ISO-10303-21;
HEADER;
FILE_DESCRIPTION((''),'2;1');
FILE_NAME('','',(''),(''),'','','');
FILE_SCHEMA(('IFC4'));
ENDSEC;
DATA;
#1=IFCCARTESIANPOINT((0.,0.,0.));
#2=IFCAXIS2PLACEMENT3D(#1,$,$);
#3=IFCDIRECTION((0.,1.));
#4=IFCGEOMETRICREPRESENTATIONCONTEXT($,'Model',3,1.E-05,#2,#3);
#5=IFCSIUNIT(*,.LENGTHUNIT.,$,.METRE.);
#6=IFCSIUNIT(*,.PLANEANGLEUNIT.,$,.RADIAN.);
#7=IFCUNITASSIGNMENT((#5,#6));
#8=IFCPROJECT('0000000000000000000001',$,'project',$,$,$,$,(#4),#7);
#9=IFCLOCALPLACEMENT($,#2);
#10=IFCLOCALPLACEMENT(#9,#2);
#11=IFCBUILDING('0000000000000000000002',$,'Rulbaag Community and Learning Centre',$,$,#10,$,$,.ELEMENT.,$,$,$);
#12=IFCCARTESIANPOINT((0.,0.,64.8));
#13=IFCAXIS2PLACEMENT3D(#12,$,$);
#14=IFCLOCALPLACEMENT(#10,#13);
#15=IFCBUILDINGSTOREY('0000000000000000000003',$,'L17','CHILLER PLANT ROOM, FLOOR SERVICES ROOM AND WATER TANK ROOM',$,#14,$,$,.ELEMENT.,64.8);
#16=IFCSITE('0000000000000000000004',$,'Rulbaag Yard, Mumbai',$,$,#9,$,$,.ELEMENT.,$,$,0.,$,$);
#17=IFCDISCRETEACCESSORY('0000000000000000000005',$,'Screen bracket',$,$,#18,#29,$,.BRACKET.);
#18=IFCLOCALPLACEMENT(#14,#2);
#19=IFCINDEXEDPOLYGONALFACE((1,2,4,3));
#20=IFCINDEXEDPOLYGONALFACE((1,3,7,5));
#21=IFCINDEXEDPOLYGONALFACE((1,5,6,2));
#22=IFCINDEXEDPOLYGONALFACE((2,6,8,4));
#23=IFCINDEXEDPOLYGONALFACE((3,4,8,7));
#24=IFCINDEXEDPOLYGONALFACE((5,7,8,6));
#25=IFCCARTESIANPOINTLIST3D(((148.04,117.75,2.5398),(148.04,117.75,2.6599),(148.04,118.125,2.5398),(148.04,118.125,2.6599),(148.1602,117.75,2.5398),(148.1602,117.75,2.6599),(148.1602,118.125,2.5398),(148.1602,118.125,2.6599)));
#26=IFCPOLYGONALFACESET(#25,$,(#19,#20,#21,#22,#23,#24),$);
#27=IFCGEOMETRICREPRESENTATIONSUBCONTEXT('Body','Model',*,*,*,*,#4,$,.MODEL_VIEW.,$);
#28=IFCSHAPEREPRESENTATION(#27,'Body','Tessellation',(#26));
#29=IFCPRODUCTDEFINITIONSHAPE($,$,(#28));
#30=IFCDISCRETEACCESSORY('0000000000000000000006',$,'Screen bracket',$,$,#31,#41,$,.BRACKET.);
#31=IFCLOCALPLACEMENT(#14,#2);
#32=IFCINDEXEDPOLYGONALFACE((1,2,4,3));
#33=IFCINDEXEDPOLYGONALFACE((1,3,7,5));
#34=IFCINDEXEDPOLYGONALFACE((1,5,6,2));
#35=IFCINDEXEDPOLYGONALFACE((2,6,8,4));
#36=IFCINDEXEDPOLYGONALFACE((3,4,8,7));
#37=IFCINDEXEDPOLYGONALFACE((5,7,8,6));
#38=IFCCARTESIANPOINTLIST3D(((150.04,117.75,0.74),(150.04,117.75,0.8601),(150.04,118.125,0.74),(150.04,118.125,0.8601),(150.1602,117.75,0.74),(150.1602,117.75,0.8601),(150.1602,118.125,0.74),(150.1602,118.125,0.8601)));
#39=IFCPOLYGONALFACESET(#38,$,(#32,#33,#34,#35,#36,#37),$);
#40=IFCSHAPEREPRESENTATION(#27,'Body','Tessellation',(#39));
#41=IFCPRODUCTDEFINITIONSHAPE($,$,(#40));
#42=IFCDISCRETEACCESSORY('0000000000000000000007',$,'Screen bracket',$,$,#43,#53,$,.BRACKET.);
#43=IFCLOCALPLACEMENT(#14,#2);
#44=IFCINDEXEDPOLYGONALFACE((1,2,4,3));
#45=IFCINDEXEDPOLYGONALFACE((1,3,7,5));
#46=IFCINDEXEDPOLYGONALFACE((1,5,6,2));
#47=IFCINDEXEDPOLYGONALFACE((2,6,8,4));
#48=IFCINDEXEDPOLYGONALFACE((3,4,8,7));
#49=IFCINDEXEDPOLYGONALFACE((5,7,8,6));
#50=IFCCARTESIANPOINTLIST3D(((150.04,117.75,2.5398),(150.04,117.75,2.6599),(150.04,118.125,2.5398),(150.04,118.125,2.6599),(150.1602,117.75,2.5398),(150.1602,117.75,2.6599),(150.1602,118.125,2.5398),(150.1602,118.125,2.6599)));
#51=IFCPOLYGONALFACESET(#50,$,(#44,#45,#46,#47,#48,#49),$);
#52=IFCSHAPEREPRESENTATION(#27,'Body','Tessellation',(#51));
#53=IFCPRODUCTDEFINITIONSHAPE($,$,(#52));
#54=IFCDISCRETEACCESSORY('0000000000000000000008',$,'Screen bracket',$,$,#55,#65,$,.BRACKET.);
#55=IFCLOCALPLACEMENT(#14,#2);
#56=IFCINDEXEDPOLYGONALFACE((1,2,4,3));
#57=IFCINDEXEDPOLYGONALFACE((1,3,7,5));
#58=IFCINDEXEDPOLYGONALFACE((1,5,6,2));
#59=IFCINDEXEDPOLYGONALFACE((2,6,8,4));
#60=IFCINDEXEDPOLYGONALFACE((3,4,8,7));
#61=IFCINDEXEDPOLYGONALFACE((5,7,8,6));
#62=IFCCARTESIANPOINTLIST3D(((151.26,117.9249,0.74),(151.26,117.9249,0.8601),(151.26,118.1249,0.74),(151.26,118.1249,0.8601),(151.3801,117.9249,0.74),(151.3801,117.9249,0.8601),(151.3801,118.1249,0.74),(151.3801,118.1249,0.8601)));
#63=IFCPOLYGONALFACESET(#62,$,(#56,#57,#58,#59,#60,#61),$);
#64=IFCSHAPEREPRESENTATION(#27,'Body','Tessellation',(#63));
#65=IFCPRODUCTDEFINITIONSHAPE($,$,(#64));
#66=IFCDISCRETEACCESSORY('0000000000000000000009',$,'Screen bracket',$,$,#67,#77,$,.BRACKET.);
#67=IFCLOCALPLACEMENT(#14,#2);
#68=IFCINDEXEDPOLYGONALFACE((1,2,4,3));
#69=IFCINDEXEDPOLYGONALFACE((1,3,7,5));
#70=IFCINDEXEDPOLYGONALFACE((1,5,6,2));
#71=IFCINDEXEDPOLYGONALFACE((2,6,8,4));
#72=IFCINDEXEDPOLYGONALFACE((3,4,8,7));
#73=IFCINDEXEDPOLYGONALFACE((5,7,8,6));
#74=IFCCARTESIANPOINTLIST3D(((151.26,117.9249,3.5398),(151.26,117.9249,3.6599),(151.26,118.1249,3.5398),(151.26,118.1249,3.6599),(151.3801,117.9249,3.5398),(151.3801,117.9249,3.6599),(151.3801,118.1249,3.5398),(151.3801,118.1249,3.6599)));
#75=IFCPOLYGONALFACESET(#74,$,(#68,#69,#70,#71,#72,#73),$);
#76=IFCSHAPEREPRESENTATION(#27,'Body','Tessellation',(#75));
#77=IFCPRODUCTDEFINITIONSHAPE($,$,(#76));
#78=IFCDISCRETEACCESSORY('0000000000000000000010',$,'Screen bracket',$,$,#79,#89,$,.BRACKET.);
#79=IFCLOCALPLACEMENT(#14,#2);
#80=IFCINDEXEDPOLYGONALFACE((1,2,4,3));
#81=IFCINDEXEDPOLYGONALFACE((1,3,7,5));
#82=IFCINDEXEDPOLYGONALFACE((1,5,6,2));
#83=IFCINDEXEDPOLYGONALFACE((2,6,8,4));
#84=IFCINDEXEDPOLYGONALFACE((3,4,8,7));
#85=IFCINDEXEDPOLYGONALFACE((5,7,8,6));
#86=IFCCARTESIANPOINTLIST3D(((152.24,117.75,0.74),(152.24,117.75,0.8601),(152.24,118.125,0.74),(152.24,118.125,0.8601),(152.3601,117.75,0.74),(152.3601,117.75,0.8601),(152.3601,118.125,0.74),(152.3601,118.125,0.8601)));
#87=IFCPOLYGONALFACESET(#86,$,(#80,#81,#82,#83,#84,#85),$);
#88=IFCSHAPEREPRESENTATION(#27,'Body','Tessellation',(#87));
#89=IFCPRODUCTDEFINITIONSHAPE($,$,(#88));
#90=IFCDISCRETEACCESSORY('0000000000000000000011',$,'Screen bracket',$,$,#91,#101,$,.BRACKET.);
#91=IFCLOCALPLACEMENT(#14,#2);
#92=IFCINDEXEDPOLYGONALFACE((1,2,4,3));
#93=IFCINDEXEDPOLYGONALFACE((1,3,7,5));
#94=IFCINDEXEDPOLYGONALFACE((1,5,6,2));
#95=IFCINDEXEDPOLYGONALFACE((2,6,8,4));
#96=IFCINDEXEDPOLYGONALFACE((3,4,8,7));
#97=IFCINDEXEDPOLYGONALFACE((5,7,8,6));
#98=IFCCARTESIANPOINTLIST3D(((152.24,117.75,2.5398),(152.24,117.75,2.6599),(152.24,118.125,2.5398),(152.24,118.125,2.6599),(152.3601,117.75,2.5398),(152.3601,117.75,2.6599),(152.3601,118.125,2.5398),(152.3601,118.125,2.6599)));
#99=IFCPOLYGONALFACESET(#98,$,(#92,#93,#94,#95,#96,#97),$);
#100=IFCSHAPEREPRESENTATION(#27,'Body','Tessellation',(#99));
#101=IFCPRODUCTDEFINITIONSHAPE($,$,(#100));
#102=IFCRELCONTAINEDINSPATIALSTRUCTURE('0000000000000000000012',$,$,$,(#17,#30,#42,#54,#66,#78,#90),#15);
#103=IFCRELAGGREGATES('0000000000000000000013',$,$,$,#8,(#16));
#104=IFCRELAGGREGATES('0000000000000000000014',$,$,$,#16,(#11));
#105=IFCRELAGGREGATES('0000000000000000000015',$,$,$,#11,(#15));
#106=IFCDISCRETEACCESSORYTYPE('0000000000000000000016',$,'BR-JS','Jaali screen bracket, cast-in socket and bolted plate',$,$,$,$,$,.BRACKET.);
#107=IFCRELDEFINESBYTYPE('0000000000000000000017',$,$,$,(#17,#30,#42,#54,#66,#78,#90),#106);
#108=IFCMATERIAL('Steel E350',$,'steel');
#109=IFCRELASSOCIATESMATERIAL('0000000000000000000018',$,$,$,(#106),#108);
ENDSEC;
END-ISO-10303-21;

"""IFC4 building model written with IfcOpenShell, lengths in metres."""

from ifc_helpers import new_model, si_unit, direction, frame, origin, origin_2d, place, context, subcontext, project, spatial, rectangle, extrude, material, type_object, element, save


model = new_model("IFC4")

# Units and contexts
model_context = context("Model", 3, precision=1e-05, world=origin(), true_north=direction((0.0, 1.0)))
body_context = subcontext(model_context, "Body", "Model", "MODEL_VIEW")
ifc_project = project(units=[si_unit("LENGTHUNIT", "METRE"), si_unit("PLANEANGLEUNIT", "RADIAN")], contexts=[model_context])

# Site, building, storey
site_placement = place(None, origin())
site = spatial("IfcSite", under=ifc_project, at=site_placement, Name="Rulbaag Yard, Mumbai", CompositionType="ELEMENT", RefElevation=0.0)
building_placement = place(site_placement, origin())
building = spatial("IfcBuilding", under=site, at=building_placement, Name="Rulbaag Community and Learning Centre", CompositionType="ELEMENT")
storey_placement = place(building_placement, frame((0.0, 0.0, 64.8)))
storey = spatial("IfcBuildingStorey", under=building, at=storey_placement, Name="L17", Description="CHILLER PLANT ROOM, FLOOR SERVICES ROOM AND WATER TANK ROOM", CompositionType="ELEMENT", Elevation=64.8)

# Discrete accessories
ifc_material_1 = material(Name="Steel E350", Category="steel")
discrete_accessory_type_1 = type_object("IfcDiscreteAccessoryType", Name="BR-JS", Description="Jaali screen bracket, cast-in socket and bolted plate", PredefinedType="BRACKET", material=ifc_material_1)
for number, where, z_axis, x_axis, name in (
    (1, (148.1001, 117.9375, 2.5398), (0.0, 0.0, 1.0), (1.0, 0.0, 0.0), "Screen bracket"),
    (2, (150.1001, 117.9375, 0.74), (0.0, 0.0, 1.0), (1.0, 0.0, 0.0), "Screen bracket"),
    (3, (150.1001, 117.9375, 2.5398), (0.0, 0.0, 1.0), (1.0, 0.0, 0.0), "Screen bracket"),
):
    element("IfcDiscreteAccessory", number, at=place(storey_placement, frame(where, z_axis=z_axis, x_axis=x_axis)), inside=storey, type_object=discrete_accessory_type_1, Name=name, PredefinedType="BRACKET", context=body_context, shape_type="SweptSolid", body=[
        extrude(rectangle(XDim=0.1201, YDim=0.375, at=origin_2d()), origin(), (0.0, 0.0, 1.0), 0.1201),
    ])
for number, where, z_axis, x_axis, name in (
    (4, (151.3201, 118.0249, 0.74), (0.0, 0.0, 1.0), (1.0, 0.0, 0.0), "Screen bracket"),
    (5, (151.3201, 118.0249, 3.5398), (0.0, 0.0, 1.0), (1.0, 0.0, 0.0), "Screen bracket"),
):
    element("IfcDiscreteAccessory", number, at=place(storey_placement, frame(where, z_axis=z_axis, x_axis=x_axis)), inside=storey, type_object=discrete_accessory_type_1, Name=name, PredefinedType="BRACKET", context=body_context, shape_type="SweptSolid", body=[
        extrude(rectangle(XDim=0.1201, YDim=0.2, at=origin_2d()), origin(), (0.0, 0.0, 1.0), 0.1201),
    ])
for number, where, z_axis, x_axis, name in (
    (6, (152.3, 117.9375, 0.74), (0.0, 0.0, 1.0), (1.0, 0.0, 0.0), "Screen bracket"),
    (7, (152.3, 117.9375, 2.5398), (0.0, 0.0, 1.0), (1.0, 0.0, 0.0), "Screen bracket"),
):
    element("IfcDiscreteAccessory", number, at=place(storey_placement, frame(where, z_axis=z_axis, x_axis=x_axis)), inside=storey, type_object=discrete_accessory_type_1, Name=name, PredefinedType="BRACKET", context=body_context, shape_type="SweptSolid", body=[
        extrude(rectangle(XDim=0.1201, YDim=0.375, at=origin_2d()), origin(), (0.0, 0.0, 1.0), 0.1201),
    ])

save(model, "model.ifc")
